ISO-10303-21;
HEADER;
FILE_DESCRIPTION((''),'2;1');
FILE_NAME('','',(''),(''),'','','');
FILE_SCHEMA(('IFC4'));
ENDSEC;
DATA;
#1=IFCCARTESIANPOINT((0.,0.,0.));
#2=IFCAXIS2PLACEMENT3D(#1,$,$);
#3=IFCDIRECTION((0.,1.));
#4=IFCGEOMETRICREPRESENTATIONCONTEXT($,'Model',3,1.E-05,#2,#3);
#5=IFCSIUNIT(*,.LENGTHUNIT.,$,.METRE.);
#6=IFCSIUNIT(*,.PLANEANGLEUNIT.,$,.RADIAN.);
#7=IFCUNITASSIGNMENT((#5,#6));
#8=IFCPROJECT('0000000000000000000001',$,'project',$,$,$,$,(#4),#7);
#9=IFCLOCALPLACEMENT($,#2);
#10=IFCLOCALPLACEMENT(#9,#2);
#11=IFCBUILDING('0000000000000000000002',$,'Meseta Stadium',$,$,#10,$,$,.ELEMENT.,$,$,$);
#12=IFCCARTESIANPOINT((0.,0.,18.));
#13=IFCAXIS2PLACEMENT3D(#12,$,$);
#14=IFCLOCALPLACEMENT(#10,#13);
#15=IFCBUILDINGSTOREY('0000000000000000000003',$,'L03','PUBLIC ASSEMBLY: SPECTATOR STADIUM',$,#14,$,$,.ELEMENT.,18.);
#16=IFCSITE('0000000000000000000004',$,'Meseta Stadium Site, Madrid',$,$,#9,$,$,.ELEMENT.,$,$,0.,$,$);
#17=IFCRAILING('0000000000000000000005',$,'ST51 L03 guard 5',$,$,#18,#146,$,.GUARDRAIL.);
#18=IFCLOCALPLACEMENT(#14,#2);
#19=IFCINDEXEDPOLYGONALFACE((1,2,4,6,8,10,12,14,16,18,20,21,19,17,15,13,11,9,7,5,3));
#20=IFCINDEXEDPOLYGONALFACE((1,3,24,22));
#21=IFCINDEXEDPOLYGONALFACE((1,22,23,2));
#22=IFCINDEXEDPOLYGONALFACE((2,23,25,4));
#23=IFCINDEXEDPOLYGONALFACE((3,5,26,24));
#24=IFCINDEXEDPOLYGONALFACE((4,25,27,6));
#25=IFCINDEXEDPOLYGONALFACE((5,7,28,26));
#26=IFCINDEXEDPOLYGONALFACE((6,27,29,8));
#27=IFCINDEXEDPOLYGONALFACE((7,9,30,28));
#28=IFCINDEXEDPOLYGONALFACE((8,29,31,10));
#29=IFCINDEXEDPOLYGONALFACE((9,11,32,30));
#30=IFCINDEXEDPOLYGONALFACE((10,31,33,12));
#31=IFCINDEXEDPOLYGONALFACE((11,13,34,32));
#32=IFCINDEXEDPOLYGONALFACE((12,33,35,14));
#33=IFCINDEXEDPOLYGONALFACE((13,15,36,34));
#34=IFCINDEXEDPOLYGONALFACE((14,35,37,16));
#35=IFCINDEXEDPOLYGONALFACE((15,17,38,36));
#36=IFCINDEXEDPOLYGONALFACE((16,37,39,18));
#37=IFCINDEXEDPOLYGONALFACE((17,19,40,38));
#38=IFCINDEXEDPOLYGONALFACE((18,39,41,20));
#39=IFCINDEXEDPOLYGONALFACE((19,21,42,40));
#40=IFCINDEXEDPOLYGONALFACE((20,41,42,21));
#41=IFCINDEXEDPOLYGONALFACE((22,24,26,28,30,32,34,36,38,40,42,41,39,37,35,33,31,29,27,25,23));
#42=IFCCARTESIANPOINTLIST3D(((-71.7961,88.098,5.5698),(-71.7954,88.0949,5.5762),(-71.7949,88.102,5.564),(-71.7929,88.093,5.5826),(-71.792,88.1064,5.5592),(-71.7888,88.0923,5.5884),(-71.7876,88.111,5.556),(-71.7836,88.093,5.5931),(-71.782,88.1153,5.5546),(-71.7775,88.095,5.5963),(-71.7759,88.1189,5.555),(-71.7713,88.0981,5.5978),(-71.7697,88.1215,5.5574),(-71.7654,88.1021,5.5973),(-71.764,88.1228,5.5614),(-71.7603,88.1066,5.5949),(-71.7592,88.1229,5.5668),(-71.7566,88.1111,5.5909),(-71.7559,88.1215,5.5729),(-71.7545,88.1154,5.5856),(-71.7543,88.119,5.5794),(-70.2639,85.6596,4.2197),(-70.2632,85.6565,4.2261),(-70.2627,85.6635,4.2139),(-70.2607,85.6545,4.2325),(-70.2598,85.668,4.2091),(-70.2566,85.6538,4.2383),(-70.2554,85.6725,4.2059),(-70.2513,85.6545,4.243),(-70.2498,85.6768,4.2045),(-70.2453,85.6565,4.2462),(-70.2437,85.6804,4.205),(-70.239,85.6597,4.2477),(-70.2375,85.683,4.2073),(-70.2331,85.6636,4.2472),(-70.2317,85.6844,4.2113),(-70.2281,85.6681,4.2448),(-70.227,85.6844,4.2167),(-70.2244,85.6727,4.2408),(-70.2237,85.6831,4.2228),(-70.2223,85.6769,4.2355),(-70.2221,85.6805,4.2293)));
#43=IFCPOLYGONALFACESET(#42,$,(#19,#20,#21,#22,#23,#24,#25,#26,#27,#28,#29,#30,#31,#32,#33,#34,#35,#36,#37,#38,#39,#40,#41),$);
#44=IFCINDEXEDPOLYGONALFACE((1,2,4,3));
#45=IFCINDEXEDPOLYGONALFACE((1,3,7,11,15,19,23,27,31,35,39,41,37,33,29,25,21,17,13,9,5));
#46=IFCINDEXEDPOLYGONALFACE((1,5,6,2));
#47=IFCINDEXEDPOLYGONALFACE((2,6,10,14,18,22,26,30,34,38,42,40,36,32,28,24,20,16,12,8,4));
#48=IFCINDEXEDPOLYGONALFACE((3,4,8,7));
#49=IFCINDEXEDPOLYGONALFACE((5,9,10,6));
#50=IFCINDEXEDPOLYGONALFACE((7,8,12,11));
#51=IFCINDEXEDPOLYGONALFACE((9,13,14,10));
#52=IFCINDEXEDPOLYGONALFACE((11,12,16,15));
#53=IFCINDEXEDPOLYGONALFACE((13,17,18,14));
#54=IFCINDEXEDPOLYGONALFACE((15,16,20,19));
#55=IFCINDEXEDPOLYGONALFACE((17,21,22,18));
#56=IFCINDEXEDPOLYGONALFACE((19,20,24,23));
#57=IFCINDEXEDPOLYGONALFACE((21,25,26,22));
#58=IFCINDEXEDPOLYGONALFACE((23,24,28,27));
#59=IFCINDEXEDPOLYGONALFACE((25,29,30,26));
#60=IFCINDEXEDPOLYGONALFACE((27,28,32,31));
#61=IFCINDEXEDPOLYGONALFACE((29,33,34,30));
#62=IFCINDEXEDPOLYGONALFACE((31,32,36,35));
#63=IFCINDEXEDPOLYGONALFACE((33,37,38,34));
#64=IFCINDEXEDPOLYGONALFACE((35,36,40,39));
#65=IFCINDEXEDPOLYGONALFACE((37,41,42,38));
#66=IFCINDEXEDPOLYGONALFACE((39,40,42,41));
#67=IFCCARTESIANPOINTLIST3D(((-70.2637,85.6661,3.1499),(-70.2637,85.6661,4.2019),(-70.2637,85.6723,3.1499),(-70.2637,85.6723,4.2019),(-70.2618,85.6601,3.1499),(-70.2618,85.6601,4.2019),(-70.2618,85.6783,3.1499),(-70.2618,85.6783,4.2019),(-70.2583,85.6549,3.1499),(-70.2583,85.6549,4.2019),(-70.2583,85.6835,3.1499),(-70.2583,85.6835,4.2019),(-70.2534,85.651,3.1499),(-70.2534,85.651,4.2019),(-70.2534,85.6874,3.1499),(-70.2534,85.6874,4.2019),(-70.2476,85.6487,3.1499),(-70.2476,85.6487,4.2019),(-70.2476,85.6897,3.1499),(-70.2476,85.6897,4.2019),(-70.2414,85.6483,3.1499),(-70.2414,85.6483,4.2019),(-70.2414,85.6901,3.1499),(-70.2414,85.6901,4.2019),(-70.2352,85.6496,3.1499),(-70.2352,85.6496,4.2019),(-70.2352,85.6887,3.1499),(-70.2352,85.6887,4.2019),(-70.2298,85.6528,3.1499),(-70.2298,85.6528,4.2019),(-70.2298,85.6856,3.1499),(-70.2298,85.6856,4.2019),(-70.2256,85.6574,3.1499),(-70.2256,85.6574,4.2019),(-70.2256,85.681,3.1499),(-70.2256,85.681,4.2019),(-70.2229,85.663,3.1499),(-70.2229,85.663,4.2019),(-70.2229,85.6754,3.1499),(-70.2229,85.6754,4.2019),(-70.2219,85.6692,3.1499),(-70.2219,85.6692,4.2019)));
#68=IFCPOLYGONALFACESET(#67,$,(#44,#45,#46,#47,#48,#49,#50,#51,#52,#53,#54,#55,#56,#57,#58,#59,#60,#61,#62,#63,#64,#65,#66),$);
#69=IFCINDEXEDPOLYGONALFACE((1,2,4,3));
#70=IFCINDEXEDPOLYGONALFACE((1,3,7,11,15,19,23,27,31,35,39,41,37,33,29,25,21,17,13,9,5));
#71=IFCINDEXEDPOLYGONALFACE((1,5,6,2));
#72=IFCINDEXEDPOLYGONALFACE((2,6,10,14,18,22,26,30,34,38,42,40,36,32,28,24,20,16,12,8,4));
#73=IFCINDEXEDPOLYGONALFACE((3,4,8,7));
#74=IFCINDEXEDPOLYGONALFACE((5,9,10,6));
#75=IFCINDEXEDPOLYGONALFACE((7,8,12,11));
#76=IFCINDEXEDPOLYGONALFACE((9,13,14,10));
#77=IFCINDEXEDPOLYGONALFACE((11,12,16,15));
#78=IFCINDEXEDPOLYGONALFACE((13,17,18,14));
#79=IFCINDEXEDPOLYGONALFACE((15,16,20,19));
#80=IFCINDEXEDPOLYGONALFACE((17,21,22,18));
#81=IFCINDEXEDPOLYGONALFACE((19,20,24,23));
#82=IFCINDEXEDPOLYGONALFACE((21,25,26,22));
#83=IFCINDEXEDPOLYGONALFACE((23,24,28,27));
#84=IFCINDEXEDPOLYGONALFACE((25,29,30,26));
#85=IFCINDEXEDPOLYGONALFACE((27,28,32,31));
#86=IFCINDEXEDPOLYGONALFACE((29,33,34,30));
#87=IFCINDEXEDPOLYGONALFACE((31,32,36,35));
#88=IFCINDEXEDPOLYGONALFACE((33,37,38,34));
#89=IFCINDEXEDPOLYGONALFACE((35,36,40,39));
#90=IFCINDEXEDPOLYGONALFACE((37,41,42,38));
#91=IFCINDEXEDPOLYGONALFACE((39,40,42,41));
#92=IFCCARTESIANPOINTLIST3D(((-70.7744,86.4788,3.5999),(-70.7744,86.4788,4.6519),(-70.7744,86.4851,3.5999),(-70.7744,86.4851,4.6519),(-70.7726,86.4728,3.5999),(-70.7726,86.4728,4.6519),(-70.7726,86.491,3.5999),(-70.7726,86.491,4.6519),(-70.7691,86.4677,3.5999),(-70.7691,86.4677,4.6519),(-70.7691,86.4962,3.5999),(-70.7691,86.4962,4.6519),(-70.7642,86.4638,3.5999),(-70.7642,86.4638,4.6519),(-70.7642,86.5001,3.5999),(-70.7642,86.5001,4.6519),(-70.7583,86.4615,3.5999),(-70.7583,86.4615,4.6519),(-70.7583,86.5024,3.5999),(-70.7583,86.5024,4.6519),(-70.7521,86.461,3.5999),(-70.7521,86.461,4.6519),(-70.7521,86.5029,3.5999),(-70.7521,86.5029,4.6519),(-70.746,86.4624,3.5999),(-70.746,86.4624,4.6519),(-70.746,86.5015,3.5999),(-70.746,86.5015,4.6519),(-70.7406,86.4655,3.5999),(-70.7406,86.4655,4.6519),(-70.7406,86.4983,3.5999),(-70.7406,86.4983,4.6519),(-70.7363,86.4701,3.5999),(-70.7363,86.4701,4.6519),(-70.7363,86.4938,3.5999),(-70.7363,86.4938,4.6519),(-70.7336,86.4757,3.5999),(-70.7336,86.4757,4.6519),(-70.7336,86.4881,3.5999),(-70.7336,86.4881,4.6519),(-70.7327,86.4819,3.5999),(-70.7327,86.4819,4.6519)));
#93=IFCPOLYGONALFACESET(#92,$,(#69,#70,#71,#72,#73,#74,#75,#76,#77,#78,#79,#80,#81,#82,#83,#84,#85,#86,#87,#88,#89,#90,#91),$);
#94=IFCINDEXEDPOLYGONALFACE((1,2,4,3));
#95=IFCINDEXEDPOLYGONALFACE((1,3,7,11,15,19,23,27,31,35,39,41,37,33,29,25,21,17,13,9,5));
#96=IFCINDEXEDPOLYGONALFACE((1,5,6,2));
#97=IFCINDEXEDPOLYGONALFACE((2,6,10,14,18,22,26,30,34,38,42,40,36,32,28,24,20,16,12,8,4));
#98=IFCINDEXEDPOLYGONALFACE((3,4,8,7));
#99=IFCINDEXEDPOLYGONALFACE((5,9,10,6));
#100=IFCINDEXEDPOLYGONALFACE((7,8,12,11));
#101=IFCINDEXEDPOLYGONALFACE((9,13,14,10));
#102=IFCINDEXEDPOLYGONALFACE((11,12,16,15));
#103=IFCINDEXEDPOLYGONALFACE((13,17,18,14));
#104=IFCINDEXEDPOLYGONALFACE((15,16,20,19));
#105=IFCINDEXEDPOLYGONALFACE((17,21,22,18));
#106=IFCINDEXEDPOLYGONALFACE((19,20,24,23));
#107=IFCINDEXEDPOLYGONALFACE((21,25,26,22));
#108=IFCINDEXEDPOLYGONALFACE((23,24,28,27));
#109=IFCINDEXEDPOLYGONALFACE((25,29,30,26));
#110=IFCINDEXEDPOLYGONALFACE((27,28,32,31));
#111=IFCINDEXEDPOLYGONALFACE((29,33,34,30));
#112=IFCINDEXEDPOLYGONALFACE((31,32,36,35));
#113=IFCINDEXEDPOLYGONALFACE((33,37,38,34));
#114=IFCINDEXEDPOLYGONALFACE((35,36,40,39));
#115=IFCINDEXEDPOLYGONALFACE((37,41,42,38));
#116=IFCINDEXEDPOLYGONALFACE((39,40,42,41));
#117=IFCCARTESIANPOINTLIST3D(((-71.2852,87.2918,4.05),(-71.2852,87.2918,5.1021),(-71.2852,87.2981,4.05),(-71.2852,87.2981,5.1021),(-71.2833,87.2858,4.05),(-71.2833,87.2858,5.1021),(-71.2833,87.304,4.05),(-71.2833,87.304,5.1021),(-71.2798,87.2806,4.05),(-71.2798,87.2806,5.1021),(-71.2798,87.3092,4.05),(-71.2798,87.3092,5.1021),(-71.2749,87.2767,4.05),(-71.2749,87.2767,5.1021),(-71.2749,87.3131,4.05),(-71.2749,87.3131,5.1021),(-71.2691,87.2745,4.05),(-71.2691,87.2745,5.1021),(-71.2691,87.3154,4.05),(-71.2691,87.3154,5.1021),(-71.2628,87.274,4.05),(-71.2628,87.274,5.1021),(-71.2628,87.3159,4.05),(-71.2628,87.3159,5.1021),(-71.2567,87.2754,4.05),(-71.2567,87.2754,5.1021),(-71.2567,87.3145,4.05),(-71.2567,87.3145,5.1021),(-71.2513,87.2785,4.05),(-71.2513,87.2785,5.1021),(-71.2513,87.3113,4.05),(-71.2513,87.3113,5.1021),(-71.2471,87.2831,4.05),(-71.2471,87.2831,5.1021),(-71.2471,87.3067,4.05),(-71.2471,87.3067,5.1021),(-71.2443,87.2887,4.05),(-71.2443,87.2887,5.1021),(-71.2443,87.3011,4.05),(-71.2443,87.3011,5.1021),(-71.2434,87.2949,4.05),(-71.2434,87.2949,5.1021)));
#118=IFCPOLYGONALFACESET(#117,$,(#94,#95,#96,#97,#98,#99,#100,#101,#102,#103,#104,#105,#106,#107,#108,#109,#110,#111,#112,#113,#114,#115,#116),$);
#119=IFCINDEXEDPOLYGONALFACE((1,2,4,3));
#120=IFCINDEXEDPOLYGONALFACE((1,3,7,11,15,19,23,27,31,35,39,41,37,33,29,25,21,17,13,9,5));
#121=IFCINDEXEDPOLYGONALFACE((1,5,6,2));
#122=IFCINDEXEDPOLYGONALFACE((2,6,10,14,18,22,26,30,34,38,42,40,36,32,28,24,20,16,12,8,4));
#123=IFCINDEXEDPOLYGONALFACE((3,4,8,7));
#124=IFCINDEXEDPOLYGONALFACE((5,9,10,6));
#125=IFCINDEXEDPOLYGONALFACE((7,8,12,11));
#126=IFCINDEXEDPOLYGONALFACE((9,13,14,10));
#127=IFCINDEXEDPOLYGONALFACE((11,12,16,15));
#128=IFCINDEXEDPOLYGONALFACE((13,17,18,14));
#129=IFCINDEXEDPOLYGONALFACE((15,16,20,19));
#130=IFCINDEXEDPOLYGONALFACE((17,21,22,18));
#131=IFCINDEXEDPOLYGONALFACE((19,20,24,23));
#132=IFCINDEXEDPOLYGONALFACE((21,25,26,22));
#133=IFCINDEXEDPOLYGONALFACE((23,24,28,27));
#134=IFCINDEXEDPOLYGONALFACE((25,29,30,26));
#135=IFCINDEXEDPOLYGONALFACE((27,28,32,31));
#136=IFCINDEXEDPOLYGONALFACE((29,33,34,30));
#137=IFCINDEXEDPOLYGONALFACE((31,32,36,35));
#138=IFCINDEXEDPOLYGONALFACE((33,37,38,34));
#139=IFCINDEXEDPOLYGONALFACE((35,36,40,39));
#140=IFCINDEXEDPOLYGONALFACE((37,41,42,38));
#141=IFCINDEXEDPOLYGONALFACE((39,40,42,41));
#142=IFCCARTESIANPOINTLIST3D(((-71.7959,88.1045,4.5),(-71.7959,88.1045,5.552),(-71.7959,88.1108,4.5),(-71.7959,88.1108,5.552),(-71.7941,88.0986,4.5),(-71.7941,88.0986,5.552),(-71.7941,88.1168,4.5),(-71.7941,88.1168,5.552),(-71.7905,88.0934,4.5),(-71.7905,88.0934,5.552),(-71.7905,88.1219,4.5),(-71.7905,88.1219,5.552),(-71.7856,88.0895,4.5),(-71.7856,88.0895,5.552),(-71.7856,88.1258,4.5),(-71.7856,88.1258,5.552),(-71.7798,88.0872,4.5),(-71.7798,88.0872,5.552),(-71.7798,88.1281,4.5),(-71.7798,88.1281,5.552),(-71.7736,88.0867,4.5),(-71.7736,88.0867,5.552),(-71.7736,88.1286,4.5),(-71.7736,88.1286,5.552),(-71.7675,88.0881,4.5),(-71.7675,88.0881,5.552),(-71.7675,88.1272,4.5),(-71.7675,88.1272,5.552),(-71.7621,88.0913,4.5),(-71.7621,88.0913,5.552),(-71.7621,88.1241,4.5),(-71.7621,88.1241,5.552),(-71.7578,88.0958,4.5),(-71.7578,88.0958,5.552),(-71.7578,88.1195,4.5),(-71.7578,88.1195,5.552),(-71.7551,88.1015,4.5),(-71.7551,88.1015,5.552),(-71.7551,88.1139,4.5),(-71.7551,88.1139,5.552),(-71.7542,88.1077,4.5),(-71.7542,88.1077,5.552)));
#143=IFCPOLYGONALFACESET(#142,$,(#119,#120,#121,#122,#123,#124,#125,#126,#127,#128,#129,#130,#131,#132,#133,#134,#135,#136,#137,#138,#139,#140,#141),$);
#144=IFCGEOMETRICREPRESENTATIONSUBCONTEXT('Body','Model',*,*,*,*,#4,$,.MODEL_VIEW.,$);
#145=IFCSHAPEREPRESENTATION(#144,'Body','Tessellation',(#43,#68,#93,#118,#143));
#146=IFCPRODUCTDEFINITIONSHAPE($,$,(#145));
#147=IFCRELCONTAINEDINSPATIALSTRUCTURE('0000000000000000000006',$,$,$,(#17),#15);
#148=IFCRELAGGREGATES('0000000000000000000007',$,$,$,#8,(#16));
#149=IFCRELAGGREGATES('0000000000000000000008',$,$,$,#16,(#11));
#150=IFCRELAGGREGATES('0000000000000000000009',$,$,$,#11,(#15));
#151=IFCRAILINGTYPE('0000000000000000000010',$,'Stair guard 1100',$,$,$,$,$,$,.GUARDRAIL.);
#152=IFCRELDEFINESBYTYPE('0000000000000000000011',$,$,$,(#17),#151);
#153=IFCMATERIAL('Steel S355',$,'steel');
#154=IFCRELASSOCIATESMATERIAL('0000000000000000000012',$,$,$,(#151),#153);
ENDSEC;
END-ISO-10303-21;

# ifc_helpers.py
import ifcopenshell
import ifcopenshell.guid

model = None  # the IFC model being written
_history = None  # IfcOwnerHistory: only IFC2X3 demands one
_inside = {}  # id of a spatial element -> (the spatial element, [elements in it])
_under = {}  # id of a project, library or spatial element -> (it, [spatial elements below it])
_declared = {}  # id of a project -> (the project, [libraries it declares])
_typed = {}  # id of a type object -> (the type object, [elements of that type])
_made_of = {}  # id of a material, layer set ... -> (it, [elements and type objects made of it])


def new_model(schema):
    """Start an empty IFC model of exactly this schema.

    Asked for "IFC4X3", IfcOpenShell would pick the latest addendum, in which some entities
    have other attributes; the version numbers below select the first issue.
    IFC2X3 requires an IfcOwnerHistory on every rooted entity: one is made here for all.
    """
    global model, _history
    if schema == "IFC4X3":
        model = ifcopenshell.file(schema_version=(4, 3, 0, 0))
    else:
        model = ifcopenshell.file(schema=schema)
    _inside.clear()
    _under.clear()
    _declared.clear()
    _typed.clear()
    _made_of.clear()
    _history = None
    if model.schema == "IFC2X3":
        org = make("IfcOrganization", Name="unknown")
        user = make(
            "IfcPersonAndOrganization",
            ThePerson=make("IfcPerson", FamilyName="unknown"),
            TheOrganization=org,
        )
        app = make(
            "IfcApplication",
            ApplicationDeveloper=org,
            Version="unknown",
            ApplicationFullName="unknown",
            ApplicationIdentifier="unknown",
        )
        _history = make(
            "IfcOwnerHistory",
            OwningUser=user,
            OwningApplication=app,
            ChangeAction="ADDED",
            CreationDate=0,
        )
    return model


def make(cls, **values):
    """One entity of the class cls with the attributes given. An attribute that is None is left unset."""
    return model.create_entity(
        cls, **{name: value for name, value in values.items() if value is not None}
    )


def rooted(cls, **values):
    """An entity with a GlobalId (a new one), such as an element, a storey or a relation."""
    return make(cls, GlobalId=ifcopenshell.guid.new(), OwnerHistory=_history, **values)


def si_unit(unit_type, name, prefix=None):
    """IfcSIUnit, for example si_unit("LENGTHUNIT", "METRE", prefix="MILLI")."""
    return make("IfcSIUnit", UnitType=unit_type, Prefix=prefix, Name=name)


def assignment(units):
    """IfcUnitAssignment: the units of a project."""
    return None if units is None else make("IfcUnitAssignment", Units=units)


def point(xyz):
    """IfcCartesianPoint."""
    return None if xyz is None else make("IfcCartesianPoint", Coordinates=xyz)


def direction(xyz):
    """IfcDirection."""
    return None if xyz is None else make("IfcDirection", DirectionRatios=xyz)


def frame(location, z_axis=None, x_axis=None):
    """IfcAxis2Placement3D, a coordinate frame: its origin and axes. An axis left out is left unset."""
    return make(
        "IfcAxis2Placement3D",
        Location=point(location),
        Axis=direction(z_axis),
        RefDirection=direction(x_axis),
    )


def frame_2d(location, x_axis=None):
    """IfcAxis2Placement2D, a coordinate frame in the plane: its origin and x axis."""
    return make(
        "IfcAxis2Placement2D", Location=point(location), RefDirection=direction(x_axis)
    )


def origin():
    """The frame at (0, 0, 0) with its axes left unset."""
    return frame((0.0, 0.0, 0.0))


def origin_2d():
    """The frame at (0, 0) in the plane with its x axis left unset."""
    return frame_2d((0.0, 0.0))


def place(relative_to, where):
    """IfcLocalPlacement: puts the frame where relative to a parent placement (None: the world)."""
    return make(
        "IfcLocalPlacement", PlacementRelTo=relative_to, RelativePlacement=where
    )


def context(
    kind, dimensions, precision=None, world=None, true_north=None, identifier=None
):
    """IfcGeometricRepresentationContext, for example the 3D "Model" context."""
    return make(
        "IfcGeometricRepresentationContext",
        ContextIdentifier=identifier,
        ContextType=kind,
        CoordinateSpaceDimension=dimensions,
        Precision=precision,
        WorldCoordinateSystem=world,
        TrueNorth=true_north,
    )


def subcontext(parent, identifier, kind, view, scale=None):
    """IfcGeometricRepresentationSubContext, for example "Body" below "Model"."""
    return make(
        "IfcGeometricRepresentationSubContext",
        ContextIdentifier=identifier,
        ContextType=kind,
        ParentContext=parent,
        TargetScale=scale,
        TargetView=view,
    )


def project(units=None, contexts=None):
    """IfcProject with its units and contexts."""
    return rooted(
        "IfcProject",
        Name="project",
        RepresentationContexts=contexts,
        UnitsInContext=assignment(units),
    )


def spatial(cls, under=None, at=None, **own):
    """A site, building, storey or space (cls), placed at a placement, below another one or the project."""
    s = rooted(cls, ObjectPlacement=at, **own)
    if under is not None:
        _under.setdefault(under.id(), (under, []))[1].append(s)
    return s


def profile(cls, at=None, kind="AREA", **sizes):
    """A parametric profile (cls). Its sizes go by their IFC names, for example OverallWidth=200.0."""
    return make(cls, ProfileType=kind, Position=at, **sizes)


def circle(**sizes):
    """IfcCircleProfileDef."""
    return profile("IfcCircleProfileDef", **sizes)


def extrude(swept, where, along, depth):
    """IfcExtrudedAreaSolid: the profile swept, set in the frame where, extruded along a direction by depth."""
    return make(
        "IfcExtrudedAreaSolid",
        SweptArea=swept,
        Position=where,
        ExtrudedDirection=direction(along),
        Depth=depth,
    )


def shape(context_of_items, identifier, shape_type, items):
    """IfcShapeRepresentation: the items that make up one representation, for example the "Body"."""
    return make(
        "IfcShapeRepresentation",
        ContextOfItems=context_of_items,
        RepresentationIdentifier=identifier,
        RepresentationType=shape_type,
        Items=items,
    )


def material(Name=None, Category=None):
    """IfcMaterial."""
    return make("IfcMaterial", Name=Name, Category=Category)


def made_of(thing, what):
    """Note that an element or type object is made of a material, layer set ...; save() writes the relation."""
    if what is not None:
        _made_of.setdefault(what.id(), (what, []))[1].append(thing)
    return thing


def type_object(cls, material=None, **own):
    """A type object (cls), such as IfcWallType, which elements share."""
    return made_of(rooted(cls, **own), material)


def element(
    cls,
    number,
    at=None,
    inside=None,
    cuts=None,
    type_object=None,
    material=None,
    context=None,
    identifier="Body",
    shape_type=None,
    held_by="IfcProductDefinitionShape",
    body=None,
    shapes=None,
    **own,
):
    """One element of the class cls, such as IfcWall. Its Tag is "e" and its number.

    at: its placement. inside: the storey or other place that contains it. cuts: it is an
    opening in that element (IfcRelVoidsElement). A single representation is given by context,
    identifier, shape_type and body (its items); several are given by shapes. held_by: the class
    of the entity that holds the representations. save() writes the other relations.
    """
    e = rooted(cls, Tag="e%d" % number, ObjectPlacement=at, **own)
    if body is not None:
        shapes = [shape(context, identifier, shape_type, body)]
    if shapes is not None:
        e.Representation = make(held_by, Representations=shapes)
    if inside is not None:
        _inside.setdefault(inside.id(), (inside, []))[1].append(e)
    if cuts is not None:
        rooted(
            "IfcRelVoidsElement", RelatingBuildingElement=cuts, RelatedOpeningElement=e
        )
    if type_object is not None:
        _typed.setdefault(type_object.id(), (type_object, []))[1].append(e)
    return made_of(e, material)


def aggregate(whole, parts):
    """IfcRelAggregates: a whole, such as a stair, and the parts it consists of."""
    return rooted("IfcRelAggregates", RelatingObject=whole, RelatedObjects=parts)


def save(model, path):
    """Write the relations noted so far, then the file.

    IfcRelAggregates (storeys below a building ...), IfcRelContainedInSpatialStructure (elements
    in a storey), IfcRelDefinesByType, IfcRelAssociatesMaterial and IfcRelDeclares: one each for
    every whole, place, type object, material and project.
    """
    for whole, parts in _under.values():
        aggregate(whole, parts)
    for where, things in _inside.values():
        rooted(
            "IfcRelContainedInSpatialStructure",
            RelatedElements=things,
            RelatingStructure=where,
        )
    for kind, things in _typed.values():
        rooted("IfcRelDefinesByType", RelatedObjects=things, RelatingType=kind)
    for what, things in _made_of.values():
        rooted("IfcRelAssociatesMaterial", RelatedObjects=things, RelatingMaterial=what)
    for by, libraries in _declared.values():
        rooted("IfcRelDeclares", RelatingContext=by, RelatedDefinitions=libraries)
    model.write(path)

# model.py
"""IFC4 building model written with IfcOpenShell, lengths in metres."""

from ifc_helpers import new_model, si_unit, direction, frame, origin, origin_2d, place, context, subcontext, project, spatial, circle, extrude, material, type_object, element, save


model = new_model("IFC4")

# Units and contexts
model_context = context("Model", 3, precision=1e-05, world=origin(), true_north=direction((0.0, 1.0)))
body_context = subcontext(model_context, "Body", "Model", "MODEL_VIEW")
ifc_project = project(units=[si_unit("LENGTHUNIT", "METRE"), si_unit("PLANEANGLEUNIT", "RADIAN")], contexts=[model_context])

# Site, building, storey
site_placement = place(None, origin())
site = spatial("IfcSite", under=ifc_project, at=site_placement, Name="Meseta Stadium Site, Madrid", CompositionType="ELEMENT", RefElevation=0.0)
building_placement = place(site_placement, origin())
building = spatial("IfcBuilding", under=site, at=building_placement, Name="Meseta Stadium", CompositionType="ELEMENT")
storey_placement = place(building_placement, frame((0.0, 0.0, 18.0)))
storey = spatial("IfcBuildingStorey", under=building, at=storey_placement, Name="L03", Description="PUBLIC ASSEMBLY: SPECTATOR STADIUM", CompositionType="ELEMENT", Elevation=18.0)

# Railing
ifc_material_1 = material(Name="Steel S355", Category="steel")
railing_type_1 = type_object("IfcRailingType", Name="Stair guard 1100", PredefinedType="GUARDRAIL", material=ifc_material_1)
railing_1_placement = place(storey_placement, frame((-70.2429, 85.6692, 3.1499)))
element("IfcRailing", 1, at=railing_1_placement, inside=storey, type_object=railing_type_1, Name="ST51 L03 guard 5", PredefinedType="GUARDRAIL", context=body_context, shape_type="SweptSolid", body=[
    extrude(circle(Radius=0.0239, at=origin_2d()), frame((0.0, 0.0, 1.0762), z_axis=(-0.481731, 0.766655, 0.42447), x_axis=(-0.846719, -0.53204, 0.0)), (0.0, 0.0, 1.0), 3.1807),
    extrude(circle(Radius=0.021, at=origin_2d()), origin(), (0.0, 0.0, 1.0), 1.052),
    extrude(circle(Radius=0.021, at=origin_2d()), frame((-0.5107, 0.8127, 0.45)), (0.0, 0.0, 1.0), 1.052),
    extrude(circle(Radius=0.021, at=origin_2d()), frame((-1.0215, 1.6257, 0.9001)), (0.0, 0.0, 1.0), 1.052),
    extrude(circle(Radius=0.021, at=origin_2d()), frame((-1.5322, 2.4385, 1.3501)), (0.0, 0.0, 1.0), 1.052),
])

save(model, "model.ifc")
